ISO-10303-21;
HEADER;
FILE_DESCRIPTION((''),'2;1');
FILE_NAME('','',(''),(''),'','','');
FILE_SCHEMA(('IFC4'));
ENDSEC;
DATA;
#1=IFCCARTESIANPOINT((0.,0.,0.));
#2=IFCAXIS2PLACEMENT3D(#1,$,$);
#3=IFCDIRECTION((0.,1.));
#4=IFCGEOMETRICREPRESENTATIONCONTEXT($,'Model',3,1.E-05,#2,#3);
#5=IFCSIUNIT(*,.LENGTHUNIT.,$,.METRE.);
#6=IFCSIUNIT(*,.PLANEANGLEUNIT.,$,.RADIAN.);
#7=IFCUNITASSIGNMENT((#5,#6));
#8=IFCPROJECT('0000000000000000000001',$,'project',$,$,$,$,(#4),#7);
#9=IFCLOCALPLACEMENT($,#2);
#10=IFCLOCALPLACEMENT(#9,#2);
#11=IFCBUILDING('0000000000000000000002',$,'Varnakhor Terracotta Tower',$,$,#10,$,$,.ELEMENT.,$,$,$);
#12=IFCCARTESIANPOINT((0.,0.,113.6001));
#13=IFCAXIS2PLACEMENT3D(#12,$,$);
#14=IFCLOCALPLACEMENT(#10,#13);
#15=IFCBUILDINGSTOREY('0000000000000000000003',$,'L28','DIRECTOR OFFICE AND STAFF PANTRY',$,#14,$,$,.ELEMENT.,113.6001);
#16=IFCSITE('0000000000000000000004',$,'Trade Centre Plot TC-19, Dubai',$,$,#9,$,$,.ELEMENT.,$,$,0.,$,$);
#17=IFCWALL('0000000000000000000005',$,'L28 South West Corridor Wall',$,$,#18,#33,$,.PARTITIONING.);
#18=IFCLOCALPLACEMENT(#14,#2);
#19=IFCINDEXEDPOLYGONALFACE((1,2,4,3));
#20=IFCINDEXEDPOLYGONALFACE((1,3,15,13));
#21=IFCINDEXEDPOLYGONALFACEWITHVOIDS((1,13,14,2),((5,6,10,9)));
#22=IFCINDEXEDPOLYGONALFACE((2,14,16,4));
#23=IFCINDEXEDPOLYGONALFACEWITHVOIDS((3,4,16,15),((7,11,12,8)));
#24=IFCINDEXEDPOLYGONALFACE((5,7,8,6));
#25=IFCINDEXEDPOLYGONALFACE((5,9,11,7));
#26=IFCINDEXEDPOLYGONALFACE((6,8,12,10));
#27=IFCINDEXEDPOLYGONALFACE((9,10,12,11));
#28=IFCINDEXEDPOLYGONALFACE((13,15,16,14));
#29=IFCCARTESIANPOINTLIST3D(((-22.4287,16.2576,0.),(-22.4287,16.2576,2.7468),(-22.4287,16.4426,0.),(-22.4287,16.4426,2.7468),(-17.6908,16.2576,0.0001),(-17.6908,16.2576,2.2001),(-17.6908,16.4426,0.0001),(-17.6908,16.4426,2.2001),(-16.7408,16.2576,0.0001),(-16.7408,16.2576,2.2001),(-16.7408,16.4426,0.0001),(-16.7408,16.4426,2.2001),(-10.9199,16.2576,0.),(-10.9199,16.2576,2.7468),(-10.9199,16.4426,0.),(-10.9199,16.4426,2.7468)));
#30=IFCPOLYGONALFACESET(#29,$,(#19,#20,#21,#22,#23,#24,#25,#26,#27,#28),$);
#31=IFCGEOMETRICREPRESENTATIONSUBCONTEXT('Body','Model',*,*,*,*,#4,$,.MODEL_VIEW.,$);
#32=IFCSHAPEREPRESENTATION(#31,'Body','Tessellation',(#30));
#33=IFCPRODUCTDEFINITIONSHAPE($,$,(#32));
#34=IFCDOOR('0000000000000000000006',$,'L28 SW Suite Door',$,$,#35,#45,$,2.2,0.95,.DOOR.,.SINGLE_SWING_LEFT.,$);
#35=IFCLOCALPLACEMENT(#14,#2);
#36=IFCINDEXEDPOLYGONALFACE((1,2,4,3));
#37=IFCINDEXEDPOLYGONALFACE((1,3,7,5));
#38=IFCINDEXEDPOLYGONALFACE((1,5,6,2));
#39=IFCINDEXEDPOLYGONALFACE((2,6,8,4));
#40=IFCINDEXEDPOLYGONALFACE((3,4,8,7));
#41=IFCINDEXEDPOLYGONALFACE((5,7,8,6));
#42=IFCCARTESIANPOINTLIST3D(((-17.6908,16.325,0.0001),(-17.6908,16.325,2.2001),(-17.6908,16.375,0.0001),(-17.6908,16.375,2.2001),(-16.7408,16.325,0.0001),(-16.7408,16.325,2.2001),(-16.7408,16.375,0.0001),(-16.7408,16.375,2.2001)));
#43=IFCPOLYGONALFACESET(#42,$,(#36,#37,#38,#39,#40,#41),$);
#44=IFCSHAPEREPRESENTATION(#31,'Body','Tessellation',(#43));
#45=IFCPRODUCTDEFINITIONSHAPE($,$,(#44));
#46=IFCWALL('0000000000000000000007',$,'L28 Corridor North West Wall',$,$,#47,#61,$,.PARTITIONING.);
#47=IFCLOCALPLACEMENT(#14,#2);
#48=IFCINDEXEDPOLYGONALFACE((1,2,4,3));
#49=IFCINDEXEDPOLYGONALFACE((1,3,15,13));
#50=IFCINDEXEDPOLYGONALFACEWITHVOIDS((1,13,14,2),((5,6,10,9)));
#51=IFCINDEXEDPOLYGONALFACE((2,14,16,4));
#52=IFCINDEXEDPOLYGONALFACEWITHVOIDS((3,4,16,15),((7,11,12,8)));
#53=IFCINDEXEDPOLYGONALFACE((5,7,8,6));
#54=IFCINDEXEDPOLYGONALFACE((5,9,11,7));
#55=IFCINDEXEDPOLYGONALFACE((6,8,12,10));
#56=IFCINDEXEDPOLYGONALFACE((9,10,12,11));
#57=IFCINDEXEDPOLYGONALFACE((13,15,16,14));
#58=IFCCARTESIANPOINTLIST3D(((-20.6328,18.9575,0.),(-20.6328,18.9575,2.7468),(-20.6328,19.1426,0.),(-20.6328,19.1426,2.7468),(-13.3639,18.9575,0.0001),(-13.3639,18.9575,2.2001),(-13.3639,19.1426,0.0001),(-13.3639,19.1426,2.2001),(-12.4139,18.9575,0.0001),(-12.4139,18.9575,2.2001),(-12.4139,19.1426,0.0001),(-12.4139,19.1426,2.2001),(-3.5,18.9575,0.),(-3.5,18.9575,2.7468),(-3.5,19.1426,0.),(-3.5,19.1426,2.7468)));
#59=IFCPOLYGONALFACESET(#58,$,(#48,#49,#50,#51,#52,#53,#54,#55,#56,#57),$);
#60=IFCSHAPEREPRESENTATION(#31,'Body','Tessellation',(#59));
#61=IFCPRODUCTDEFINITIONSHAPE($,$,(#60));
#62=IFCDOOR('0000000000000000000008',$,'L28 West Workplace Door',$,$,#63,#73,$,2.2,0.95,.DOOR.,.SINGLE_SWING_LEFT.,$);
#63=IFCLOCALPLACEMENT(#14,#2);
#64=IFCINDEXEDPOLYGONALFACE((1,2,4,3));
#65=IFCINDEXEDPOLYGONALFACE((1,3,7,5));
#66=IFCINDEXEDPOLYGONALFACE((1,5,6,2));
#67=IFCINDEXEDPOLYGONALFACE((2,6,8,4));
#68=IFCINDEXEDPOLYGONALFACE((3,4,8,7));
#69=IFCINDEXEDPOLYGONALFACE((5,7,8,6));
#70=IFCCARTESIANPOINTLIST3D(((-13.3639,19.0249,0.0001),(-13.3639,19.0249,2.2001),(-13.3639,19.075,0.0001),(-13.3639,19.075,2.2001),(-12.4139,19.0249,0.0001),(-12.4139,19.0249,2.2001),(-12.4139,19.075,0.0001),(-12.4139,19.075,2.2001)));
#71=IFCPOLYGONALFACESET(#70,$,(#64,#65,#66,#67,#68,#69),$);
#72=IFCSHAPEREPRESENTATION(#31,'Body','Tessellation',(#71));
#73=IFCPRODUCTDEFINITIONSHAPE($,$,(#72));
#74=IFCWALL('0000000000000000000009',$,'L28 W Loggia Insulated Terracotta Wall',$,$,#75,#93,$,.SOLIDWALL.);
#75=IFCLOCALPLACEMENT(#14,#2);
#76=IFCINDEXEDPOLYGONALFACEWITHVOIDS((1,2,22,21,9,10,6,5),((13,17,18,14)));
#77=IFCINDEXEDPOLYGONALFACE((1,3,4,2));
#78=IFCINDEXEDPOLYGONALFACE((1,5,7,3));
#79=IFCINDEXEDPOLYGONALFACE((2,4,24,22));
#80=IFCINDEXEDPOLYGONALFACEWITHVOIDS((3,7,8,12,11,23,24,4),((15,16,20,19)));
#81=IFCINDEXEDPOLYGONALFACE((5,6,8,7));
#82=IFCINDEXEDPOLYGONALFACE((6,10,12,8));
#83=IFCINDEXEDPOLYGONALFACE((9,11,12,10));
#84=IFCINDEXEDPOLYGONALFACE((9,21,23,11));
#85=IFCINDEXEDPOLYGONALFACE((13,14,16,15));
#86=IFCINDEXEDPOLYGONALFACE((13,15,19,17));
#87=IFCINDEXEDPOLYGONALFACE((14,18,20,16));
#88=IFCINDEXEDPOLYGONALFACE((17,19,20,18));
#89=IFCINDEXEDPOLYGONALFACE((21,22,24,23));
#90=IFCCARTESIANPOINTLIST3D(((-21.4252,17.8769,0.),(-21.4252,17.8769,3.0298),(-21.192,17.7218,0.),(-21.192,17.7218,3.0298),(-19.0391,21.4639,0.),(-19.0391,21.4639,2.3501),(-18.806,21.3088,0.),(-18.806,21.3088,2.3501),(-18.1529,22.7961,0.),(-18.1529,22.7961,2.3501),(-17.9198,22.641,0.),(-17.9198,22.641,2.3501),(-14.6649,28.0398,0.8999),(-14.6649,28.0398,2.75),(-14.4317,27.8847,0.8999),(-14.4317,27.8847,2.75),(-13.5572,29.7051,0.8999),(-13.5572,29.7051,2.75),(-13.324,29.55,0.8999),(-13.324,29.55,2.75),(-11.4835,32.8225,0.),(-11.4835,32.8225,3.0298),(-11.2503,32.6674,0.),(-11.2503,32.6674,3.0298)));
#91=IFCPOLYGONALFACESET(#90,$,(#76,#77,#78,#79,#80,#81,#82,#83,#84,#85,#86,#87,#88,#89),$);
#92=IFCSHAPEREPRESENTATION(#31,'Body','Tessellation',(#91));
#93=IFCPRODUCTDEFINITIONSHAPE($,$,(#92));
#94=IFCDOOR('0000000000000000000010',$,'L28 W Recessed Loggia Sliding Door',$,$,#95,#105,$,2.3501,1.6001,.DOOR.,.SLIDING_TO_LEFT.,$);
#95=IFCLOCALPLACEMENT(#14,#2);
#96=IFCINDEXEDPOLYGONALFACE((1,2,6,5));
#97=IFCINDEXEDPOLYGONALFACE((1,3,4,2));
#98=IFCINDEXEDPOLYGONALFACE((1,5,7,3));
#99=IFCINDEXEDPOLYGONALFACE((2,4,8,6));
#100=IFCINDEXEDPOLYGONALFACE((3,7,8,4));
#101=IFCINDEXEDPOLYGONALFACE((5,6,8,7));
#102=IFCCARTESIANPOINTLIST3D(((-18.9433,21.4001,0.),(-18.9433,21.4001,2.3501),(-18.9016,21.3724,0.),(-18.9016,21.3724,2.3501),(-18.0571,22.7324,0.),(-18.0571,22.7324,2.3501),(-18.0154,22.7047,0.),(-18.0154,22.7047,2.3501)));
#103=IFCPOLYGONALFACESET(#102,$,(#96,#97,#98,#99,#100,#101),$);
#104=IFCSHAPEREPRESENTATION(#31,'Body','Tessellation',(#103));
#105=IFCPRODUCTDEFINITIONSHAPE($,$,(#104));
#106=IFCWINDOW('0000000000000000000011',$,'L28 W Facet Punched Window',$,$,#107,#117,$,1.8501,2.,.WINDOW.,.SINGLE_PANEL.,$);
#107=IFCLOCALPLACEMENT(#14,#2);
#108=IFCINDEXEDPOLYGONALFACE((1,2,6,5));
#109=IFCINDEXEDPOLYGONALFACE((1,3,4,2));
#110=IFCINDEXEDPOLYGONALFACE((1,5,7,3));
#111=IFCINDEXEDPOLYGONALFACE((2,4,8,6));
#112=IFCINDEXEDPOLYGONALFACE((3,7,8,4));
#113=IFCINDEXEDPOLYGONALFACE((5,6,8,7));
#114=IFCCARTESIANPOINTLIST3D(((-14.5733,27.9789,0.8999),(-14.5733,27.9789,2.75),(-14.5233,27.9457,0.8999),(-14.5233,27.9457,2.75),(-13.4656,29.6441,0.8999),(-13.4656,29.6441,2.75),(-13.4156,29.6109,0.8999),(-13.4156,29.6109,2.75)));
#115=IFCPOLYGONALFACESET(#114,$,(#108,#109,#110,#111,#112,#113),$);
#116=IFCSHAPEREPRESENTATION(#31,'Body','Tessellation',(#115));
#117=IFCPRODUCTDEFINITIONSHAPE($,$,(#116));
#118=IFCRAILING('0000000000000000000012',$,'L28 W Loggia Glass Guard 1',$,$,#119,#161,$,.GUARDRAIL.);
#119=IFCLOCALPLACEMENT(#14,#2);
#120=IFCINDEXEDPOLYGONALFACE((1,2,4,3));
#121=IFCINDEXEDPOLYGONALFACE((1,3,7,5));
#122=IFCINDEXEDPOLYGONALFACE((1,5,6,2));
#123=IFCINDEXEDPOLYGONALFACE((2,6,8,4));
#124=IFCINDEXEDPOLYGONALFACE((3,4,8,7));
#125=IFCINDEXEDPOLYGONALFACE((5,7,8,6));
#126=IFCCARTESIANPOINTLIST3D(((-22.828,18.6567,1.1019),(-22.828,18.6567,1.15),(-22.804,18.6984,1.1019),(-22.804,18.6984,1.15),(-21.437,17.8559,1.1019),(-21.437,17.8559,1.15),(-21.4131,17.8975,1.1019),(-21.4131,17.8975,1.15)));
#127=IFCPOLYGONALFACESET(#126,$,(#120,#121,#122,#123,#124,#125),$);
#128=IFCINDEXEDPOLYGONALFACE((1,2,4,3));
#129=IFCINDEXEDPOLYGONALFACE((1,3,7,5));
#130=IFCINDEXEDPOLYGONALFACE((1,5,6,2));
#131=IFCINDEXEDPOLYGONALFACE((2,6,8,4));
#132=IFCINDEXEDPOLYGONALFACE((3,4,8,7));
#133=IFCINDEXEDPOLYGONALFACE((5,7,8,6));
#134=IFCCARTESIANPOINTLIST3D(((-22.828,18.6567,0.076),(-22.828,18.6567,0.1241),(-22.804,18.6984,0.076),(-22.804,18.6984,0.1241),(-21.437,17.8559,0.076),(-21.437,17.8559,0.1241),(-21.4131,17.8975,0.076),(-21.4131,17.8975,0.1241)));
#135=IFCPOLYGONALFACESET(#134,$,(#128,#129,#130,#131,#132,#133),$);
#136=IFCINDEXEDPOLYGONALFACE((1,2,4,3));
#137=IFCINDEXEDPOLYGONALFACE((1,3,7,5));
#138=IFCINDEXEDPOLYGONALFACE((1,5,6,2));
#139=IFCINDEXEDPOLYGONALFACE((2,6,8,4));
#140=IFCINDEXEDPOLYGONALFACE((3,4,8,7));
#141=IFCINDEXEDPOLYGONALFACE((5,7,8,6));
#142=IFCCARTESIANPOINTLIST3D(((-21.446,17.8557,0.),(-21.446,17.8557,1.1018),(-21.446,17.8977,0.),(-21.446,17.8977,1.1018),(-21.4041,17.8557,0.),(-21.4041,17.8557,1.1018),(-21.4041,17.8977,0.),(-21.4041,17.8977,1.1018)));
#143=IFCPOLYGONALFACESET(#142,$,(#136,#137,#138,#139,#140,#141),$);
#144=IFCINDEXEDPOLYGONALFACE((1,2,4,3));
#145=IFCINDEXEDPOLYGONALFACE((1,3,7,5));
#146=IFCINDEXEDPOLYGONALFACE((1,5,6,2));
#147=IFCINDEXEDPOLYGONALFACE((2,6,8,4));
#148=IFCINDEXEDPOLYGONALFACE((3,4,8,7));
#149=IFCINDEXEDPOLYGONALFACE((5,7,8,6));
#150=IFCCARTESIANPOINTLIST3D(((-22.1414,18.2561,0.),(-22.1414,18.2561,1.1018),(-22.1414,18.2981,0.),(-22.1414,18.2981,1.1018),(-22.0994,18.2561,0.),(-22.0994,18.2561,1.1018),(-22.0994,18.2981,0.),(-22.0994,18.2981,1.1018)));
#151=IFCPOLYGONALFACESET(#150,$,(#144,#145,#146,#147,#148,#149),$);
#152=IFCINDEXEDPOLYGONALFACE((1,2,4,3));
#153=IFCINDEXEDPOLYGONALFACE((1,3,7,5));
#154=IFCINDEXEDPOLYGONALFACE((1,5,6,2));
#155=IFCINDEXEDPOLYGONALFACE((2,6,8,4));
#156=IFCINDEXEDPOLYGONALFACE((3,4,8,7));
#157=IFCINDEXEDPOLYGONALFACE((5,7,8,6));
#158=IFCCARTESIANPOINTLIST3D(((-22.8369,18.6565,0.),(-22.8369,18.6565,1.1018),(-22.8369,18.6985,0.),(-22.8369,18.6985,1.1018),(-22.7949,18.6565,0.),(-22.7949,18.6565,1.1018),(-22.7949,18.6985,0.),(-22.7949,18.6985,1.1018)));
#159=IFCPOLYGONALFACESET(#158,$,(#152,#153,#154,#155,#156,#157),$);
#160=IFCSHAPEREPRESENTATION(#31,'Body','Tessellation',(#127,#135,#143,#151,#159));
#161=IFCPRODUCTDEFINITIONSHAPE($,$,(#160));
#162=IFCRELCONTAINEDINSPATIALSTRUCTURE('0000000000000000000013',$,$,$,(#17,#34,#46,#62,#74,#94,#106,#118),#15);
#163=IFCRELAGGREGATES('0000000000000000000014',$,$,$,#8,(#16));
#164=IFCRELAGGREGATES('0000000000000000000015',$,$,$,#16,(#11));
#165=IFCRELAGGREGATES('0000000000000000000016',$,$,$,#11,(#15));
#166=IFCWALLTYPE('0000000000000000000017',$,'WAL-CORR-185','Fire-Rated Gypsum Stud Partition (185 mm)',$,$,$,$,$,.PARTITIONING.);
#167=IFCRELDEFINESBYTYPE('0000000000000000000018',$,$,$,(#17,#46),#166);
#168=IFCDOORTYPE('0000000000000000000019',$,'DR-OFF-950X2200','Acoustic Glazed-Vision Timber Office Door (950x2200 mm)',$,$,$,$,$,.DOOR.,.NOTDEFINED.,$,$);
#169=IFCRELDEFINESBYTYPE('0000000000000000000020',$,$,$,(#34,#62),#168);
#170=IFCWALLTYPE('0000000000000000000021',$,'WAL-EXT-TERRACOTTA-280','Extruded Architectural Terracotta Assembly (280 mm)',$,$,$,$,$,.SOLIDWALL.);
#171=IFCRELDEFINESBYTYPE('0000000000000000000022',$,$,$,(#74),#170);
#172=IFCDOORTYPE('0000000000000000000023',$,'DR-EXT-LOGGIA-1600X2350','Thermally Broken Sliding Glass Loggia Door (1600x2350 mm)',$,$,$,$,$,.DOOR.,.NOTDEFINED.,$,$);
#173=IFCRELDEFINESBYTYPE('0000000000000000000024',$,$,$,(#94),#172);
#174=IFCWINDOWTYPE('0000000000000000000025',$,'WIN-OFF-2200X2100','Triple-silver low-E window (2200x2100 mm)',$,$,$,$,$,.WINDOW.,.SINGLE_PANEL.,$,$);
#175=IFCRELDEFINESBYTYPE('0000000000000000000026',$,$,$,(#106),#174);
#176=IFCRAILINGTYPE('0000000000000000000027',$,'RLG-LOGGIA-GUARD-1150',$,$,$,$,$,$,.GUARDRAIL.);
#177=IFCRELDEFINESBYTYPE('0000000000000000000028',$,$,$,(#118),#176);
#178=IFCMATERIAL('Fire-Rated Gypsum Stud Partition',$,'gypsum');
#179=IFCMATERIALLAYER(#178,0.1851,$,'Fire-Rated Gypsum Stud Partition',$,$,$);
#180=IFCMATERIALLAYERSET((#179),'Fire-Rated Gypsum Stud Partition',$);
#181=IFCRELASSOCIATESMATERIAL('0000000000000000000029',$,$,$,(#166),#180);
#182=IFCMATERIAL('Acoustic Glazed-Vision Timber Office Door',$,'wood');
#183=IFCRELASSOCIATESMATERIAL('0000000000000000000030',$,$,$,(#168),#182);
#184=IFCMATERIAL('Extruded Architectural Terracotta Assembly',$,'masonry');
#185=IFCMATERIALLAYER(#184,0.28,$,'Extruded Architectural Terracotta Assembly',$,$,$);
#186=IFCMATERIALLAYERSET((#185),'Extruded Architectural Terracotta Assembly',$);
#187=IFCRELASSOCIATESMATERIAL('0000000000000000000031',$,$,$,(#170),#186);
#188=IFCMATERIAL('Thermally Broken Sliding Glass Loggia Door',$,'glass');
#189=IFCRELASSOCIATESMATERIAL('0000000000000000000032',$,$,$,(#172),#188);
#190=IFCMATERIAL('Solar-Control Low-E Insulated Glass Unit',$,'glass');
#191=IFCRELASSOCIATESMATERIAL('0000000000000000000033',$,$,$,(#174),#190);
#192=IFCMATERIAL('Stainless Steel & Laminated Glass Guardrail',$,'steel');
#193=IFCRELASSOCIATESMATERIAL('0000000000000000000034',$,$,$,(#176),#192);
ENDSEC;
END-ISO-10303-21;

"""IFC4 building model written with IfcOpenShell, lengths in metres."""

from ifc_helpers import new_model, si_unit, direction, frame, frame_2d, origin, origin_2d, place, context, subcontext, project, spatial, rectangle, extrude, source, transform, mapped, material, layer, layer_set, type_object, type_shapes, element, fill, save


model = new_model("IFC4")

# Units and contexts
model_context = context("Model", 3, precision=1e-05, world=origin(), true_north=direction((0.0, 1.0)))
body_context = subcontext(model_context, "Body", "Model", "MODEL_VIEW")
ifc_project = project(units=[si_unit("LENGTHUNIT", "METRE"), si_unit("PLANEANGLEUNIT", "RADIAN")], contexts=[model_context])

# Site, building, storey
site_placement = place(None, origin())
site = spatial("IfcSite", under=ifc_project, at=site_placement, Name="Trade Centre Plot TC-19, Dubai", CompositionType="ELEMENT", RefElevation=0.0)
building_placement = place(site_placement, origin())
building = spatial("IfcBuilding", under=site, at=building_placement, Name="Varnakhor Terracotta Tower", CompositionType="ELEMENT")
storey_placement = place(building_placement, frame((0.0, 0.0, 113.6001)))
storey = spatial("IfcBuildingStorey", under=building, at=storey_placement, Name="L28", Description="DIRECTOR OFFICE AND STAFF PANTRY", CompositionType="ELEMENT", Elevation=113.6001)

# Walls, openings, doors
ifc_material_1 = material(Name="Fire-Rated Gypsum Stud Partition", Category="gypsum")
ifc_layer_1 = layer(ifc_material_1, 0.1851, Name="Fire-Rated Gypsum Stud Partition")
ifc_layer_set_1 = layer_set([ifc_layer_1], Name="Fire-Rated Gypsum Stud Partition")
wall_type_1 = type_object("IfcWallType", Name="WAL-CORR-185", Description="Fire-Rated Gypsum Stud Partition (185 mm)", PredefinedType="PARTITIONING", material=ifc_layer_set_1)
wall_1_placement = place(storey_placement, frame((-22.4287, 16.3501, 0.0), z_axis=(0.0, 0.0, 1.0), x_axis=(1.0, 0.0, 0.0)))
wall_1 = element("IfcWall", 1, at=wall_1_placement, inside=storey, type_object=wall_type_1, Name="L28 South West Corridor Wall", PredefinedType="PARTITIONING", context=body_context, shape_type="SweptSolid", body=[
    extrude(rectangle(XDim=11.5088, YDim=0.1851, at=frame_2d((5.7544, 0.0))), origin(), (0.0, 0.0, 1.0), 2.7468),
])
opening_1_placement = place(wall_1_placement, frame((4.7378, 0.0, 0.0)))
opening_1 = element("IfcOpeningElement", 2, at=opening_1_placement, cuts=wall_1, PredefinedType="OPENING", context=body_context, shape_type="SweptSolid", body=[
    extrude(rectangle(XDim=0.95, YDim=2.2, at=frame_2d((0.4751, 1.1001))), frame((0.0, 0.1025, 0.0), z_axis=(0.0, -1.0, 0.0), x_axis=(1.0, 0.0, 0.0)), (0.0, 0.0, 1.0), 0.2051),
])
ifc_material_2 = material(Name="Acoustic Glazed-Vision Timber Office Door", Category="wood")
door_type_1 = type_object("IfcDoorType", Name="DR-OFF-950X2200", Description="Acoustic Glazed-Vision Timber Office Door (950x2200 mm)", OperationType="NOTDEFINED", PredefinedType="DOOR", material=ifc_material_2)
shared_shape_1 = source(origin(), body_context, "Body", "SweptSolid", [
    extrude(rectangle(XDim=0.95, YDim=2.2, at=frame_2d((0.4751, 1.1001))), frame((0.0, 0.0249, 0.0), z_axis=(0.0, -1.0, 0.0), x_axis=(1.0, 0.0, 0.0)), (0.0, 0.0, 1.0), 0.05),
])
type_shapes(door_type_1, [shared_shape_1])
door_1_placement = place(opening_1_placement, origin())
door_1 = element("IfcDoor", 3, at=door_1_placement, inside=storey, type_object=door_type_1, Name="L28 SW Suite Door", OperationType="SINGLE_SWING_LEFT", OverallHeight=2.2, OverallWidth=0.95, PredefinedType="DOOR", context=body_context, shape_type="MappedRepresentation", body=[
    mapped(shared_shape_1, transform((0.0, 0.0, 0.0), scale=1.0)),
])
fill(opening_1, door_1)
wall_2_placement = place(storey_placement, frame((-20.6328, 19.05, 0.0), z_axis=(0.0, 0.0, 1.0), x_axis=(1.0, 0.0, 0.0)))
wall_2 = element("IfcWall", 4, at=wall_2_placement, inside=storey, type_object=wall_type_1, Name="L28 Corridor North West Wall", PredefinedType="PARTITIONING", context=body_context, shape_type="SweptSolid", body=[
    extrude(rectangle(XDim=17.1328, YDim=0.1851, at=frame_2d((8.5664, 0.0))), origin(), (0.0, 0.0, 1.0), 2.7468),
])
opening_2_placement = place(wall_2_placement, frame((7.2688, 0.0, 0.0)))
opening_2 = element("IfcOpeningElement", 5, at=opening_2_placement, cuts=wall_2, PredefinedType="OPENING", context=body_context, shape_type="SweptSolid", body=[
    extrude(rectangle(XDim=0.95, YDim=2.2, at=frame_2d((0.4751, 1.1001))), frame((0.0, 0.1025, 0.0), z_axis=(0.0, -1.0, 0.0), x_axis=(1.0, 0.0, 0.0)), (0.0, 0.0, 1.0), 0.2051),
])
door_2_placement = place(opening_2_placement, origin())
door_2 = element("IfcDoor", 6, at=door_2_placement, inside=storey, type_object=door_type_1, Name="L28 West Workplace Door", OperationType="SINGLE_SWING_LEFT", OverallHeight=2.2, OverallWidth=0.95, PredefinedType="DOOR", context=body_context, shape_type="MappedRepresentation", body=[
    mapped(shared_shape_1, transform((0.0, 0.0, 0.0), scale=1.0)),
])
fill(opening_2, door_2)

# Wall, openings, door, window
ifc_material_3 = material(Name="Extruded Architectural Terracotta Assembly", Category="masonry")
ifc_layer_2 = layer(ifc_material_3, 0.28, Name="Extruded Architectural Terracotta Assembly")
ifc_layer_set_2 = layer_set([ifc_layer_2], Name="Extruded Architectural Terracotta Assembly")
wall_type_2 = type_object("IfcWallType", Name="WAL-EXT-TERRACOTTA-280", Description="Extruded Architectural Terracotta Assembly (280 mm)", PredefinedType="SOLIDWALL", material=ifc_layer_set_2)
wall_3_placement = place(storey_placement, frame((-21.3086, 17.7993, 0.0), z_axis=(0.0, 0.0, 1.0), x_axis=(0.553849, 0.832617, 0.0)))
wall_3 = element("IfcWall", 7, at=wall_3_placement, inside=storey, type_object=wall_type_2, Name="L28 W Loggia Insulated Terracotta Wall", PredefinedType="SOLIDWALL", context=body_context, shape_type="SweptSolid", body=[
    extrude(rectangle(XDim=17.9502, YDim=0.28, at=frame_2d((8.9751, 0.0))), origin(), (0.0, 0.0, 1.0), 3.0298),
])
opening_3_placement = place(wall_3_placement, frame((4.3081, 0.0, 0.0)))
opening_3 = element("IfcOpeningElement", 8, at=opening_3_placement, cuts=wall_3, PredefinedType="OPENING", context=body_context, shape_type="SweptSolid", body=[
    extrude(rectangle(XDim=1.6001, YDim=2.3501, at=frame_2d((0.8, 1.175))), frame((0.0, 0.1499, 0.0), z_axis=(0.0, -1.0, 0.0), x_axis=(1.0, 0.0, 0.0)), (0.0, 0.0, 1.0), 0.3),
])
opening_4_placement = place(wall_3_placement, frame((12.2061, 0.0, 0.8999)))
opening_4 = element("IfcOpeningElement", 9, at=opening_4_placement, cuts=wall_3, PredefinedType="OPENING", context=body_context, shape_type="SweptSolid", body=[
    extrude(rectangle(XDim=2.0, YDim=1.8501, at=frame_2d((1.0, 0.925))), frame((0.0, 0.1499, 0.0), z_axis=(0.0, -1.0, 0.0), x_axis=(1.0, 0.0, 0.0)), (0.0, 0.0, 1.0), 0.3),
])
ifc_material_4 = material(Name="Thermally Broken Sliding Glass Loggia Door", Category="glass")
door_type_2 = type_object("IfcDoorType", Name="DR-EXT-LOGGIA-1600X2350", Description="Thermally Broken Sliding Glass Loggia Door (1600x2350 mm)", OperationType="NOTDEFINED", PredefinedType="DOOR", material=ifc_material_4)
shared_shape_2 = source(origin(), body_context, "Body", "SweptSolid", [
    extrude(rectangle(XDim=1.6001, YDim=2.3501, at=frame_2d((0.8, 1.175))), frame((0.0, 0.0249, 0.0), z_axis=(0.0, -1.0, 0.0), x_axis=(1.0, 0.0, 0.0)), (0.0, 0.0, 1.0), 0.05),
])
type_shapes(door_type_2, [shared_shape_2])
door_3_placement = place(opening_3_placement, origin())
door_3 = element("IfcDoor", 10, at=door_3_placement, inside=storey, type_object=door_type_2, Name="L28 W Recessed Loggia Sliding Door", OperationType="SLIDING_TO_LEFT", OverallHeight=2.3501, OverallWidth=1.6001, PredefinedType="DOOR", context=body_context, shape_type="MappedRepresentation", body=[
    mapped(shared_shape_2, transform((0.0, 0.0, 0.0), scale=1.0)),
])
fill(opening_3, door_3)
ifc_material_5 = material(Name="Solar-Control Low-E Insulated Glass Unit", Category="glass")
window_type = type_object("IfcWindowType", Name="WIN-OFF-2200X2100", Description="Triple-silver low-E window (2200x2100 mm)", PartitioningType="SINGLE_PANEL", PredefinedType="WINDOW", material=ifc_material_5)
shared_shape_3 = source(origin(), body_context, "Body", "SweptSolid", [
    extrude(rectangle(XDim=2.0, YDim=1.8501, at=frame_2d((1.0, 0.925))), frame((0.0, 0.03, 0.0), z_axis=(0.0, -1.0, 0.0), x_axis=(1.0, 0.0, 0.0)), (0.0, 0.0, 1.0), 0.0601),
])
type_shapes(window_type, [shared_shape_3])
window_placement = place(opening_4_placement, origin())
window = element("IfcWindow", 11, at=window_placement, inside=storey, type_object=window_type, Name="L28 W Facet Punched Window", OverallHeight=1.8501, OverallWidth=2.0, PartitioningType="SINGLE_PANEL", PredefinedType="WINDOW", context=body_context, shape_type="MappedRepresentation", body=[
    mapped(shared_shape_3, transform((0.0, 0.0, 0.0), scale=1.0)),
])
fill(opening_4, window)

# Railing
ifc_material_6 = material(Name="Stainless Steel & Laminated Glass Guardrail", Category="steel")
railing_type = type_object("IfcRailingType", Name="RLG-LOGGIA-GUARD-1150", PredefinedType="GUARDRAIL", material=ifc_material_6)
railing_1_placement = place(storey_placement, frame((-21.425, 17.8767, 0.0)))
element("IfcRailing", 12, at=railing_1_placement, inside=storey, type_object=railing_type, Name="L28 W Loggia Glass Guard 1", PredefinedType="GUARDRAIL", context=body_context, shape_type="SweptSolid", body=[
    extrude(rectangle(XDim=0.0481, YDim=0.0481, at=origin_2d()), frame((0.0, 0.0, 1.126), z_axis=(-0.866628, 0.498954, 0.0), x_axis=(-0.498954, -0.866628, 0.0)), (0.0, 0.0, 1.0), 1.605),
    extrude(rectangle(XDim=0.0481, YDim=0.0481, at=origin_2d()), frame((0.0, 0.0, 0.1001), z_axis=(-0.866628, 0.498954, 0.0), x_axis=(-0.498954, -0.866628, 0.0)), (0.0, 0.0, 1.0), 1.605),
    extrude(rectangle(XDim=0.042, YDim=0.042, at=origin_2d()), origin(), (0.0, 0.0, 1.0), 1.1018),
    extrude(rectangle(XDim=0.042, YDim=0.042, at=origin_2d()), frame((-0.6953, 0.4004, 0.0)), (0.0, 0.0, 1.0), 1.1018),
    extrude(rectangle(XDim=0.042, YDim=0.042, at=origin_2d()), frame((-1.3909, 0.8008, 0.0)), (0.0, 0.0, 1.0), 1.1018),
])

save(model, "model.ifc")
